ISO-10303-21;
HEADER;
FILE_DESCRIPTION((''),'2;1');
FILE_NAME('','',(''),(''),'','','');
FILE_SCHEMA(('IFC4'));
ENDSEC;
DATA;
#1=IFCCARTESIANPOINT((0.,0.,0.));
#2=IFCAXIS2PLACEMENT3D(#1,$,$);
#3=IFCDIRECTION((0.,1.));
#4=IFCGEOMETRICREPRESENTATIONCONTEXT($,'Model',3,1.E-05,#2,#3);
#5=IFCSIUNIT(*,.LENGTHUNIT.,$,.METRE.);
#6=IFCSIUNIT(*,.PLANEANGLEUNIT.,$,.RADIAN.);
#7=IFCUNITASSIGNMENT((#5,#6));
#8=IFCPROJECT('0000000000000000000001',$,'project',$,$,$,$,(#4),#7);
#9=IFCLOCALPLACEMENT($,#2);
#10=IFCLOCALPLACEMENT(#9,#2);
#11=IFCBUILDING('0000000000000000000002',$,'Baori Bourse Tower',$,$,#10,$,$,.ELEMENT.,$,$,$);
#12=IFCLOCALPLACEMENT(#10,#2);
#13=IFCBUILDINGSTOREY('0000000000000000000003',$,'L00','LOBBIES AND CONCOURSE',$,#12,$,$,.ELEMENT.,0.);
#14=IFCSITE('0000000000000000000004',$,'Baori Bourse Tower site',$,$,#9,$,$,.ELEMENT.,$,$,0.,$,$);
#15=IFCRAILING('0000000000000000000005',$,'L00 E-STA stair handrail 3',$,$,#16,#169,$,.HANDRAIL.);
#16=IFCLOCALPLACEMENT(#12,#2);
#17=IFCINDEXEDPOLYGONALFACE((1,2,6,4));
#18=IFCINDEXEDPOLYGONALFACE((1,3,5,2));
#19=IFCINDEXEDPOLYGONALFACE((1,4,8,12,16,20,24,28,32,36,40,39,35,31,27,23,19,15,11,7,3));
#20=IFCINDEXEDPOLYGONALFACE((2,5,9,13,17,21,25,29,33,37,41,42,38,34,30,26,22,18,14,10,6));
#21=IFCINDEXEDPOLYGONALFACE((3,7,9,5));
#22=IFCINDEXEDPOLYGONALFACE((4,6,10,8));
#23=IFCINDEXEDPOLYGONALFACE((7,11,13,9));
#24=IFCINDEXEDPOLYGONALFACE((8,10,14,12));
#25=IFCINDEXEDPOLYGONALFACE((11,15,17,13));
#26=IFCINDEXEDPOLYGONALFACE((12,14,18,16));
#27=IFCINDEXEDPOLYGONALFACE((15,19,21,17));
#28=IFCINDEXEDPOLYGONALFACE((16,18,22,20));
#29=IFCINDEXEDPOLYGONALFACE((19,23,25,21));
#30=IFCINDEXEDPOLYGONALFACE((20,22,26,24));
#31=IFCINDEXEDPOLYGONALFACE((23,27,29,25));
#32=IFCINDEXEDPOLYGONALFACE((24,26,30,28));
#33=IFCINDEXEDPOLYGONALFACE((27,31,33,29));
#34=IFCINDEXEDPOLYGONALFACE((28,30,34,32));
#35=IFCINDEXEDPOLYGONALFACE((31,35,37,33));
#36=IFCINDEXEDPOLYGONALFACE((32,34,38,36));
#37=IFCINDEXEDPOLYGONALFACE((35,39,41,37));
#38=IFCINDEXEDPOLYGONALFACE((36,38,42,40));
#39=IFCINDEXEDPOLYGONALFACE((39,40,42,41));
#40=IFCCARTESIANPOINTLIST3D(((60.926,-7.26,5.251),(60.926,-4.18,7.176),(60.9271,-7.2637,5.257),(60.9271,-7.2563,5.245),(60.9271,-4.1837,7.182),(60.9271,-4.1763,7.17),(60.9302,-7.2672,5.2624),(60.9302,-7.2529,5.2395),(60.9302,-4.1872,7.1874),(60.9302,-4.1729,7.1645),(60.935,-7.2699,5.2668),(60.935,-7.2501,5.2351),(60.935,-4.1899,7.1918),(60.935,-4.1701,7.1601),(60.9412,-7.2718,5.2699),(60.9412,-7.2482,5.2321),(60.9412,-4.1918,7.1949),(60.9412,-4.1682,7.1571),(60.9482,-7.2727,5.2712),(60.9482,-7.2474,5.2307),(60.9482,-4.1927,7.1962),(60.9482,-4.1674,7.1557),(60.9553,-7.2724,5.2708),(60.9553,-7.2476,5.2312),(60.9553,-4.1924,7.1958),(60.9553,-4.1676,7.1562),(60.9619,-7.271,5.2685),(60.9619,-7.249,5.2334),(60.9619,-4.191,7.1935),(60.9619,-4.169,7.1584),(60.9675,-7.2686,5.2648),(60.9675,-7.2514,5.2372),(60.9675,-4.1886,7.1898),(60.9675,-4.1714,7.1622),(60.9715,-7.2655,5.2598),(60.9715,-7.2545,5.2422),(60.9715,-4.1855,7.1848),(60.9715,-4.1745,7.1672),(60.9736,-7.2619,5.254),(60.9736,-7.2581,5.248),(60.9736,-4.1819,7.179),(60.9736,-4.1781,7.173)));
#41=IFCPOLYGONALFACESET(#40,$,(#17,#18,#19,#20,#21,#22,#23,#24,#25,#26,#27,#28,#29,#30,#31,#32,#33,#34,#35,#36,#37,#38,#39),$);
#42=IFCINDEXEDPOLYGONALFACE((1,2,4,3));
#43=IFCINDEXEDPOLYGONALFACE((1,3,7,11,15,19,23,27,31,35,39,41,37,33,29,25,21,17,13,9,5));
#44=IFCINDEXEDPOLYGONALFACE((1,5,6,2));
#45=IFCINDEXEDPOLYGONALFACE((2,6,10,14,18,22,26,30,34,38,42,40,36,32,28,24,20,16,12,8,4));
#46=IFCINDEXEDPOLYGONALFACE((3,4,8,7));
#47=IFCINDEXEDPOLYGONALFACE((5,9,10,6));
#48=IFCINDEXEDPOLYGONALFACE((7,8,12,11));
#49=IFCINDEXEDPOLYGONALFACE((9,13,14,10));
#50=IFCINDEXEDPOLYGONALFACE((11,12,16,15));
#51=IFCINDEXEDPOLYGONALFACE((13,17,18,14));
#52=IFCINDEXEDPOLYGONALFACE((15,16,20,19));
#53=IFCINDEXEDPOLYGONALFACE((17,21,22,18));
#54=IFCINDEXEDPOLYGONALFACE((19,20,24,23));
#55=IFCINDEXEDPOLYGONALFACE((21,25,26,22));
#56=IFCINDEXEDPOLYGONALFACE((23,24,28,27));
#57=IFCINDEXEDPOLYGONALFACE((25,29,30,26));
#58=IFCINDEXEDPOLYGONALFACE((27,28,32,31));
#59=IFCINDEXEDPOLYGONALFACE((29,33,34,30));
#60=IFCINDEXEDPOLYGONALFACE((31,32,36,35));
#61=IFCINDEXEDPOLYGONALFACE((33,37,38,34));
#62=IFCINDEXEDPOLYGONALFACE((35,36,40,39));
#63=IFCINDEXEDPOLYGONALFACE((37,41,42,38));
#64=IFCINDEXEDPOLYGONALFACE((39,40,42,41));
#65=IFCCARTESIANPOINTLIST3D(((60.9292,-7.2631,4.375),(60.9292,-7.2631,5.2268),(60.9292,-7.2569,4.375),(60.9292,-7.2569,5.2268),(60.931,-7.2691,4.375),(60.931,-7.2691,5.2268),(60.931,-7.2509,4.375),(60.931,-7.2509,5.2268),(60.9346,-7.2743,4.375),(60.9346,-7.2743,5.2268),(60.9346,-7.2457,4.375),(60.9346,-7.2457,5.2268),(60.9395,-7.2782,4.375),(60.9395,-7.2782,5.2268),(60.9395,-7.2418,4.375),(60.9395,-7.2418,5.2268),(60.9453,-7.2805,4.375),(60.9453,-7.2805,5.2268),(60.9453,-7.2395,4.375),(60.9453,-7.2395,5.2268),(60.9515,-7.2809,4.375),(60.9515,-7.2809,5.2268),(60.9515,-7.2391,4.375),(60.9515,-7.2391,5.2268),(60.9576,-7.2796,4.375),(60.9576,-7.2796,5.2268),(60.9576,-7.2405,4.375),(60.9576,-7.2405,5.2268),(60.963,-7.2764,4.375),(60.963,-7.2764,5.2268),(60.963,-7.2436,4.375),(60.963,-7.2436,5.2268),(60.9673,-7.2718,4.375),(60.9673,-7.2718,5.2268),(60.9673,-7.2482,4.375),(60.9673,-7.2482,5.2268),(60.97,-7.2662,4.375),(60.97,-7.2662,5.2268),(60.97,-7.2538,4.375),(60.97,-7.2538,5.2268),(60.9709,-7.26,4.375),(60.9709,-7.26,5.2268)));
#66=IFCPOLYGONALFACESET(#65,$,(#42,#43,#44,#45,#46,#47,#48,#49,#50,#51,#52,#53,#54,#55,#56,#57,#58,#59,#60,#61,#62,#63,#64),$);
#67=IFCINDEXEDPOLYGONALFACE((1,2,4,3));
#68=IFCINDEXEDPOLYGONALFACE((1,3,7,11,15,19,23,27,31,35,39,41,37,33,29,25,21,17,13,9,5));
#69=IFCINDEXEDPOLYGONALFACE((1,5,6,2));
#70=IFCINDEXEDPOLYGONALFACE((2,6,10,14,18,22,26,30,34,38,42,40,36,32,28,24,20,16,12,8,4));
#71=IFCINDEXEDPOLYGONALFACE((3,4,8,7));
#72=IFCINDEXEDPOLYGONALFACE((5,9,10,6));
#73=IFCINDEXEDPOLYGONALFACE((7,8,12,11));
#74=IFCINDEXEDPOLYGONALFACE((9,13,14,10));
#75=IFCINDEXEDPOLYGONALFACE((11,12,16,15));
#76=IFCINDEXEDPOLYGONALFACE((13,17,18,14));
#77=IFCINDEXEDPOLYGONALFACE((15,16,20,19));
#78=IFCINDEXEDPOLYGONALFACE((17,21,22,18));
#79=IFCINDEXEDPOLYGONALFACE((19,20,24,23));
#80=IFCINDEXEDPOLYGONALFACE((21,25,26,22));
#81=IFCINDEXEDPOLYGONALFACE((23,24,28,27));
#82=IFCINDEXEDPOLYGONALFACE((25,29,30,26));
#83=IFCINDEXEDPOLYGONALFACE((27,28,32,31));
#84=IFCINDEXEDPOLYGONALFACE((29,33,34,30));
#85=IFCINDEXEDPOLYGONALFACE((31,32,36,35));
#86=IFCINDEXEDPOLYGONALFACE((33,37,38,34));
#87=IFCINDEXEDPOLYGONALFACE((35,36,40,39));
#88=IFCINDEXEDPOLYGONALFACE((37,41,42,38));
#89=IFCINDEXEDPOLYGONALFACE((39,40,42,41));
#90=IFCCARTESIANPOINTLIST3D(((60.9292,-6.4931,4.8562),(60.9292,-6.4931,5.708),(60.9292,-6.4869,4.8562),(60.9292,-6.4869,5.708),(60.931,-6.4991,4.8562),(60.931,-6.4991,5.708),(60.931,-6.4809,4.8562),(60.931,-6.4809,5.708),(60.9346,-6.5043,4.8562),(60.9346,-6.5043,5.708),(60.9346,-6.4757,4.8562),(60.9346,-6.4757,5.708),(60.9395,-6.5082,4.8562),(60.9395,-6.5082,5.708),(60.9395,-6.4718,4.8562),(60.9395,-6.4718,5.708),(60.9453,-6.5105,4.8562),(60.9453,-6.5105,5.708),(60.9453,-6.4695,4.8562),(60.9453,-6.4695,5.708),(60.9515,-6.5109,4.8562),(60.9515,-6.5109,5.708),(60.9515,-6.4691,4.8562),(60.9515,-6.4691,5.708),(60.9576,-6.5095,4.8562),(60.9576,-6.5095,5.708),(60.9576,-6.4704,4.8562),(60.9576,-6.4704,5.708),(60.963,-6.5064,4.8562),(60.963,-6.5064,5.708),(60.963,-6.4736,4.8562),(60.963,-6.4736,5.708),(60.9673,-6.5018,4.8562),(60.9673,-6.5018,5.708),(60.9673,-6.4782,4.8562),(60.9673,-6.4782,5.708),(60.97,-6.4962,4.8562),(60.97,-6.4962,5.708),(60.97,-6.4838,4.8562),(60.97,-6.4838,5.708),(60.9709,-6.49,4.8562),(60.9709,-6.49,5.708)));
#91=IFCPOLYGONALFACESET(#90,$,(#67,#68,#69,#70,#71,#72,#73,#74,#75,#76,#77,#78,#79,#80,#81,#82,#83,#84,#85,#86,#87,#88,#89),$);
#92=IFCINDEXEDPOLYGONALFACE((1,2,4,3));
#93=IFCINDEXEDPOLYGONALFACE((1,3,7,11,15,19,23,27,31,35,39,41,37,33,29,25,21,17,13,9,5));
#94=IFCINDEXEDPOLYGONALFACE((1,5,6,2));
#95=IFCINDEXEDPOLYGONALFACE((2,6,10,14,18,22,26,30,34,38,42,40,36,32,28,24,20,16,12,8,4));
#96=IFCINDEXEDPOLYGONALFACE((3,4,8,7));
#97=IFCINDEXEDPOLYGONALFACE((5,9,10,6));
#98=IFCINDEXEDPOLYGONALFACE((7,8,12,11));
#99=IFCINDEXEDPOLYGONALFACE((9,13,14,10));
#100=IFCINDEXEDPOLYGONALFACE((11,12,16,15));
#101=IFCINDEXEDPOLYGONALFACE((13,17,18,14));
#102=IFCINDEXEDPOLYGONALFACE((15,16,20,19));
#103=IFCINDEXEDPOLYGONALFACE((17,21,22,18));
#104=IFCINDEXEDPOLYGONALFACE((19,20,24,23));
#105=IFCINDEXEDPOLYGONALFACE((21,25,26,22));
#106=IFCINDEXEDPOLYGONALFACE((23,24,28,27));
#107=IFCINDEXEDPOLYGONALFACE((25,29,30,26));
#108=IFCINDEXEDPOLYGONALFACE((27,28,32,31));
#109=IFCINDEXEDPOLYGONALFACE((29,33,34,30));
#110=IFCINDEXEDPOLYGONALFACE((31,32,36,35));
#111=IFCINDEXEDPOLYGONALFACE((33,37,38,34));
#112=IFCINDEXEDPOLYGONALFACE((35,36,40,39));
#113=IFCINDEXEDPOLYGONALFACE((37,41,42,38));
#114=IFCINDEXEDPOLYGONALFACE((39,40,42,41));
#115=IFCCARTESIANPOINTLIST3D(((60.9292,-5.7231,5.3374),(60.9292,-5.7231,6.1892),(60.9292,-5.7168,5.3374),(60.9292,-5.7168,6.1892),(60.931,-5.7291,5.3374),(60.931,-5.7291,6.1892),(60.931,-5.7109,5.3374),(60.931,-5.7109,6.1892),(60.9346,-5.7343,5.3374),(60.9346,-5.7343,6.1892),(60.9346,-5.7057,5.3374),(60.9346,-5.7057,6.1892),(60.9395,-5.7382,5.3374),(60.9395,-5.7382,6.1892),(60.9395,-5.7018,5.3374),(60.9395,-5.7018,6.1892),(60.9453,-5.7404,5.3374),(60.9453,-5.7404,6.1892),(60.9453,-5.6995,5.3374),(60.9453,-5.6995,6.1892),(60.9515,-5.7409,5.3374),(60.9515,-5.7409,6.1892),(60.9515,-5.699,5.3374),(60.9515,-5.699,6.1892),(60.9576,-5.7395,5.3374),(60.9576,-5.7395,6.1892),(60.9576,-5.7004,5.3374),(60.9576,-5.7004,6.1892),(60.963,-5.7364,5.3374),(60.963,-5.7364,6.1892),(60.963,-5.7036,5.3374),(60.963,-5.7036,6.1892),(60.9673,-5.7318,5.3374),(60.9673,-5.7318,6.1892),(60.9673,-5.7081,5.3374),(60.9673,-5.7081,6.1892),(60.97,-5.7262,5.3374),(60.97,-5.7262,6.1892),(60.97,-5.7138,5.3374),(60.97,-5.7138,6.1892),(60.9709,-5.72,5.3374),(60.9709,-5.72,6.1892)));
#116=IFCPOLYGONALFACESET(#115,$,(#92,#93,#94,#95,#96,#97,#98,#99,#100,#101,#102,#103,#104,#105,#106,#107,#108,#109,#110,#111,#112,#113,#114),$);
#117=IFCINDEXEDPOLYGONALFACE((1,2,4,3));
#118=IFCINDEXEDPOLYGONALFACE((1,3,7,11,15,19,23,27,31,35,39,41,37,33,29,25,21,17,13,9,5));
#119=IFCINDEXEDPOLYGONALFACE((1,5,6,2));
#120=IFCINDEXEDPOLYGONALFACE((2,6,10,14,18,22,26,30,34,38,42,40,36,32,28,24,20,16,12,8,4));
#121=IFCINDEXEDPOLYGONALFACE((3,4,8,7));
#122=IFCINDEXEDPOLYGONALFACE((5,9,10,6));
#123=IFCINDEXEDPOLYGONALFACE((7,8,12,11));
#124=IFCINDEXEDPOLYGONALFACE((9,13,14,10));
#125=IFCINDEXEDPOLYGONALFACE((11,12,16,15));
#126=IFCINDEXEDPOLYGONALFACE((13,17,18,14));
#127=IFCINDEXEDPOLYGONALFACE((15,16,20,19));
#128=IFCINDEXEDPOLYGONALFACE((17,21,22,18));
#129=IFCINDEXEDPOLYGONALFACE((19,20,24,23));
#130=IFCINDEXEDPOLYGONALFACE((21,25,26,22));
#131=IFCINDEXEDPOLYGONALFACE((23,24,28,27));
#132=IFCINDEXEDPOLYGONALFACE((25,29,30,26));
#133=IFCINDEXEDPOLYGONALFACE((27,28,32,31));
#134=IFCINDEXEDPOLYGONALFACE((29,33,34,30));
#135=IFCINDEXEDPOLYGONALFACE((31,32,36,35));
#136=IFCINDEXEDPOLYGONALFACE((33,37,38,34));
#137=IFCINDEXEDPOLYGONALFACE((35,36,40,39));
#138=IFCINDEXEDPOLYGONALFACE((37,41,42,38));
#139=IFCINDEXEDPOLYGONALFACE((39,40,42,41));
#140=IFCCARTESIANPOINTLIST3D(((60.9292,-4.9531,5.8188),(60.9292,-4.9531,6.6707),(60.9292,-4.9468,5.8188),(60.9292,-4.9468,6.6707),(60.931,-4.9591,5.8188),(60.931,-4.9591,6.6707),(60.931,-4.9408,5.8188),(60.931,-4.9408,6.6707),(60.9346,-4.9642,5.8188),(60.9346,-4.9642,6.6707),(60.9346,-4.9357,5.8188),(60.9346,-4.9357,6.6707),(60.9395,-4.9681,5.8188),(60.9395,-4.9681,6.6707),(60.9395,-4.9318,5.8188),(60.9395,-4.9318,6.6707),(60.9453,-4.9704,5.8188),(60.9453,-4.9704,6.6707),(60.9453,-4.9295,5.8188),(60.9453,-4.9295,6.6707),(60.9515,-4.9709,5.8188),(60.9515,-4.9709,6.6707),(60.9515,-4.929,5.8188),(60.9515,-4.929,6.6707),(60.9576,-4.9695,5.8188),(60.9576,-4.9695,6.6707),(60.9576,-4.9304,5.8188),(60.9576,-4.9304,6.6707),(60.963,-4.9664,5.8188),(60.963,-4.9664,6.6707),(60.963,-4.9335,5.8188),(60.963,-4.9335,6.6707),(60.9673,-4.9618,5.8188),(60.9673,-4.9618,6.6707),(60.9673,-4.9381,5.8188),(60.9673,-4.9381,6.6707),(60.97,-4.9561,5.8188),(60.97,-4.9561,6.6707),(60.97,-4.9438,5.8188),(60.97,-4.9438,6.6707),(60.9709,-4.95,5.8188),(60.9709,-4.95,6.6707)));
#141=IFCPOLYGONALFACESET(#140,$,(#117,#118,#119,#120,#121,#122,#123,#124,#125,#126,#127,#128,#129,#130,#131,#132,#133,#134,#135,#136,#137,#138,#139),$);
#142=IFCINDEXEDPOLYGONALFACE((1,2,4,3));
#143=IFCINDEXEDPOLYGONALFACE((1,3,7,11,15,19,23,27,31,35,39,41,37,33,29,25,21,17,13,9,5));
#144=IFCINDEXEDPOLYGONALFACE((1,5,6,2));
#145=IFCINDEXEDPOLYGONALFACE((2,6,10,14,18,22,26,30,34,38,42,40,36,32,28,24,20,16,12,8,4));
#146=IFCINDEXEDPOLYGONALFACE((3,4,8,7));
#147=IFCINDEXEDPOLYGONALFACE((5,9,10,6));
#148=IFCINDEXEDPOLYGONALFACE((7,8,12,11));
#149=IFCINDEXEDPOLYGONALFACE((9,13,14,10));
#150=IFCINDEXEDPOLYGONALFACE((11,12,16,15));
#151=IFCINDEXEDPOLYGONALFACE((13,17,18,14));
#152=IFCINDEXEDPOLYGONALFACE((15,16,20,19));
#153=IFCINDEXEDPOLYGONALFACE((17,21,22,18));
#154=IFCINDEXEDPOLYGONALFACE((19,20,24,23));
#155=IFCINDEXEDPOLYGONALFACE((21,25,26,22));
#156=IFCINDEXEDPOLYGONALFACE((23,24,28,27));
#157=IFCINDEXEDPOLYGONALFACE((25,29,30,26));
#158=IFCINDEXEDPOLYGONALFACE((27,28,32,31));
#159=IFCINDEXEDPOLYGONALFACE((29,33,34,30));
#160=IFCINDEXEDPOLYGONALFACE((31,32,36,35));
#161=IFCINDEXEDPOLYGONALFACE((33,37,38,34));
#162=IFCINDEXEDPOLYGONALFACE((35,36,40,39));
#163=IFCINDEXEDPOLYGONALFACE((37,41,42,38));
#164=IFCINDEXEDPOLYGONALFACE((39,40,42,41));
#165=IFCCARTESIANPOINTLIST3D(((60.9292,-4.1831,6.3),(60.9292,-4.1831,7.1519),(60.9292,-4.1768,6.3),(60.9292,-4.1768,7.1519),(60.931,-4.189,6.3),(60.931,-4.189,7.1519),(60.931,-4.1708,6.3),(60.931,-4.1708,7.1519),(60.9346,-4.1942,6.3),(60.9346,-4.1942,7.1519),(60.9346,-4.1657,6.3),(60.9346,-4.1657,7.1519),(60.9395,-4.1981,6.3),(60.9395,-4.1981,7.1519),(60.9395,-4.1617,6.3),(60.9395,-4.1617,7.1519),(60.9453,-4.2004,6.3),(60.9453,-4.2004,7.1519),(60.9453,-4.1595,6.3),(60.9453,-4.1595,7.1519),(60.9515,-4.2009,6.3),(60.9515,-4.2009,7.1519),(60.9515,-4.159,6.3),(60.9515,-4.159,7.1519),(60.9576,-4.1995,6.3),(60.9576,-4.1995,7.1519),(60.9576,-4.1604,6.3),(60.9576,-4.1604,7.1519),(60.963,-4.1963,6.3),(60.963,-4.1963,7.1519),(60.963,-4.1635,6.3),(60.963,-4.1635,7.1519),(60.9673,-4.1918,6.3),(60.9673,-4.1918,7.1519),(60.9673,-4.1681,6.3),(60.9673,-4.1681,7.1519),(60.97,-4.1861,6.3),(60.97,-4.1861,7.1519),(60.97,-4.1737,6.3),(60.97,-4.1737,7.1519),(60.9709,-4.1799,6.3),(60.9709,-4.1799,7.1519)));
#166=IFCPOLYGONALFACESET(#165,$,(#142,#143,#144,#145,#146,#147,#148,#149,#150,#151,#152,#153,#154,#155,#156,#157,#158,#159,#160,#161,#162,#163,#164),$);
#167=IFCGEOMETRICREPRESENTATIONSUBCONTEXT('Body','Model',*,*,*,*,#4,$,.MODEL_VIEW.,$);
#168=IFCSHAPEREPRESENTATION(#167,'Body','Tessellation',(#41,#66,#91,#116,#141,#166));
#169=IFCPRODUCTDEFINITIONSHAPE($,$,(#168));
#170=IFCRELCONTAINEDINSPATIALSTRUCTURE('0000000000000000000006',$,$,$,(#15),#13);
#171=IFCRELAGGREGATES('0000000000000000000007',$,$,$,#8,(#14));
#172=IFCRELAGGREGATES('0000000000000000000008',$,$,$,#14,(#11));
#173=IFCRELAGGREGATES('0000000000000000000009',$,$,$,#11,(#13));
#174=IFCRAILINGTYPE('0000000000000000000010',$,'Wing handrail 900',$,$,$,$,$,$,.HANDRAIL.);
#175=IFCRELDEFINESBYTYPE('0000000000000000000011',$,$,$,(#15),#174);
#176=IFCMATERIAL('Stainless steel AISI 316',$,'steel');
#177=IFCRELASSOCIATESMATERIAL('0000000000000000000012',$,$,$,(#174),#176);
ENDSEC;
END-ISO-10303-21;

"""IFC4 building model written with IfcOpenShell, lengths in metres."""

from ifc_helpers import new_model, si_unit, direction, frame, origin, origin_2d, place, context, subcontext, project, spatial, circle, extrude, material, type_object, element, save


model = new_model("IFC4")

# Units and contexts
model_context = context("Model", 3, precision=1e-05, world=origin(), true_north=direction((0.0, 1.0)))
body_context = subcontext(model_context, "Body", "Model", "MODEL_VIEW")
ifc_project = project(units=[si_unit("LENGTHUNIT", "METRE"), si_unit("PLANEANGLEUNIT", "RADIAN")], contexts=[model_context])

# Site, building, storey
site_placement = place(None, origin())
site = spatial("IfcSite", under=ifc_project, at=site_placement, Name="Baori Bourse Tower site", CompositionType="ELEMENT", RefElevation=0.0)
building_placement = place(site_placement, origin())
building = spatial("IfcBuilding", under=site, at=building_placement, Name="Baori Bourse Tower", CompositionType="ELEMENT")
storey_placement = place(building_placement, origin())
storey = spatial("IfcBuildingStorey", under=building, at=storey_placement, Name="L00", Description="LOBBIES AND CONCOURSE", CompositionType="ELEMENT", Elevation=0.0)

# Railing
ifc_material_1 = material(Name="Stainless steel AISI 316", Category="steel")
railing_type = type_object("IfcRailingType", Name="Wing handrail 900", PredefinedType="HANDRAIL", material=ifc_material_1)
for number, where, name in (
    (1, (60.95, -7.26, 4.375), "L00 E-STA stair handrail 3"),
):
    element("IfcRailing", number, at=place(storey_placement, frame(where)), inside=storey, type_object=railing_type, Name=name, PredefinedType="HANDRAIL", context=body_context, shape_type="SweptSolid", body=[
        extrude(circle(Radius=0.0239, at=origin_2d()), frame((0.0, 0.0, 0.876), z_axis=(0.0, 0.847998, 0.529999), x_axis=(-1.0, 0.0, 0.0)), (0.0, 0.0, 1.0), 3.6321),
        extrude(circle(Radius=0.021, at=origin_2d()), origin(), (0.0, 0.0, 1.0), 0.8518),
        extrude(circle(Radius=0.021, at=origin_2d()), frame((0.0, 0.77, 0.4812)), (0.0, 0.0, 1.0), 0.8518),
        extrude(circle(Radius=0.021, at=origin_2d()), frame((0.0, 1.54, 0.9624)), (0.0, 0.0, 1.0), 0.8518),
        extrude(circle(Radius=0.021, at=origin_2d()), frame((0.0, 2.3101, 1.4438)), (0.0, 0.0, 1.0), 0.8518),
        extrude(circle(Radius=0.021, at=origin_2d()), frame((0.0, 3.0801, 1.925)), (0.0, 0.0, 1.0), 0.8518),
    ])

save(model, "model.ifc")
